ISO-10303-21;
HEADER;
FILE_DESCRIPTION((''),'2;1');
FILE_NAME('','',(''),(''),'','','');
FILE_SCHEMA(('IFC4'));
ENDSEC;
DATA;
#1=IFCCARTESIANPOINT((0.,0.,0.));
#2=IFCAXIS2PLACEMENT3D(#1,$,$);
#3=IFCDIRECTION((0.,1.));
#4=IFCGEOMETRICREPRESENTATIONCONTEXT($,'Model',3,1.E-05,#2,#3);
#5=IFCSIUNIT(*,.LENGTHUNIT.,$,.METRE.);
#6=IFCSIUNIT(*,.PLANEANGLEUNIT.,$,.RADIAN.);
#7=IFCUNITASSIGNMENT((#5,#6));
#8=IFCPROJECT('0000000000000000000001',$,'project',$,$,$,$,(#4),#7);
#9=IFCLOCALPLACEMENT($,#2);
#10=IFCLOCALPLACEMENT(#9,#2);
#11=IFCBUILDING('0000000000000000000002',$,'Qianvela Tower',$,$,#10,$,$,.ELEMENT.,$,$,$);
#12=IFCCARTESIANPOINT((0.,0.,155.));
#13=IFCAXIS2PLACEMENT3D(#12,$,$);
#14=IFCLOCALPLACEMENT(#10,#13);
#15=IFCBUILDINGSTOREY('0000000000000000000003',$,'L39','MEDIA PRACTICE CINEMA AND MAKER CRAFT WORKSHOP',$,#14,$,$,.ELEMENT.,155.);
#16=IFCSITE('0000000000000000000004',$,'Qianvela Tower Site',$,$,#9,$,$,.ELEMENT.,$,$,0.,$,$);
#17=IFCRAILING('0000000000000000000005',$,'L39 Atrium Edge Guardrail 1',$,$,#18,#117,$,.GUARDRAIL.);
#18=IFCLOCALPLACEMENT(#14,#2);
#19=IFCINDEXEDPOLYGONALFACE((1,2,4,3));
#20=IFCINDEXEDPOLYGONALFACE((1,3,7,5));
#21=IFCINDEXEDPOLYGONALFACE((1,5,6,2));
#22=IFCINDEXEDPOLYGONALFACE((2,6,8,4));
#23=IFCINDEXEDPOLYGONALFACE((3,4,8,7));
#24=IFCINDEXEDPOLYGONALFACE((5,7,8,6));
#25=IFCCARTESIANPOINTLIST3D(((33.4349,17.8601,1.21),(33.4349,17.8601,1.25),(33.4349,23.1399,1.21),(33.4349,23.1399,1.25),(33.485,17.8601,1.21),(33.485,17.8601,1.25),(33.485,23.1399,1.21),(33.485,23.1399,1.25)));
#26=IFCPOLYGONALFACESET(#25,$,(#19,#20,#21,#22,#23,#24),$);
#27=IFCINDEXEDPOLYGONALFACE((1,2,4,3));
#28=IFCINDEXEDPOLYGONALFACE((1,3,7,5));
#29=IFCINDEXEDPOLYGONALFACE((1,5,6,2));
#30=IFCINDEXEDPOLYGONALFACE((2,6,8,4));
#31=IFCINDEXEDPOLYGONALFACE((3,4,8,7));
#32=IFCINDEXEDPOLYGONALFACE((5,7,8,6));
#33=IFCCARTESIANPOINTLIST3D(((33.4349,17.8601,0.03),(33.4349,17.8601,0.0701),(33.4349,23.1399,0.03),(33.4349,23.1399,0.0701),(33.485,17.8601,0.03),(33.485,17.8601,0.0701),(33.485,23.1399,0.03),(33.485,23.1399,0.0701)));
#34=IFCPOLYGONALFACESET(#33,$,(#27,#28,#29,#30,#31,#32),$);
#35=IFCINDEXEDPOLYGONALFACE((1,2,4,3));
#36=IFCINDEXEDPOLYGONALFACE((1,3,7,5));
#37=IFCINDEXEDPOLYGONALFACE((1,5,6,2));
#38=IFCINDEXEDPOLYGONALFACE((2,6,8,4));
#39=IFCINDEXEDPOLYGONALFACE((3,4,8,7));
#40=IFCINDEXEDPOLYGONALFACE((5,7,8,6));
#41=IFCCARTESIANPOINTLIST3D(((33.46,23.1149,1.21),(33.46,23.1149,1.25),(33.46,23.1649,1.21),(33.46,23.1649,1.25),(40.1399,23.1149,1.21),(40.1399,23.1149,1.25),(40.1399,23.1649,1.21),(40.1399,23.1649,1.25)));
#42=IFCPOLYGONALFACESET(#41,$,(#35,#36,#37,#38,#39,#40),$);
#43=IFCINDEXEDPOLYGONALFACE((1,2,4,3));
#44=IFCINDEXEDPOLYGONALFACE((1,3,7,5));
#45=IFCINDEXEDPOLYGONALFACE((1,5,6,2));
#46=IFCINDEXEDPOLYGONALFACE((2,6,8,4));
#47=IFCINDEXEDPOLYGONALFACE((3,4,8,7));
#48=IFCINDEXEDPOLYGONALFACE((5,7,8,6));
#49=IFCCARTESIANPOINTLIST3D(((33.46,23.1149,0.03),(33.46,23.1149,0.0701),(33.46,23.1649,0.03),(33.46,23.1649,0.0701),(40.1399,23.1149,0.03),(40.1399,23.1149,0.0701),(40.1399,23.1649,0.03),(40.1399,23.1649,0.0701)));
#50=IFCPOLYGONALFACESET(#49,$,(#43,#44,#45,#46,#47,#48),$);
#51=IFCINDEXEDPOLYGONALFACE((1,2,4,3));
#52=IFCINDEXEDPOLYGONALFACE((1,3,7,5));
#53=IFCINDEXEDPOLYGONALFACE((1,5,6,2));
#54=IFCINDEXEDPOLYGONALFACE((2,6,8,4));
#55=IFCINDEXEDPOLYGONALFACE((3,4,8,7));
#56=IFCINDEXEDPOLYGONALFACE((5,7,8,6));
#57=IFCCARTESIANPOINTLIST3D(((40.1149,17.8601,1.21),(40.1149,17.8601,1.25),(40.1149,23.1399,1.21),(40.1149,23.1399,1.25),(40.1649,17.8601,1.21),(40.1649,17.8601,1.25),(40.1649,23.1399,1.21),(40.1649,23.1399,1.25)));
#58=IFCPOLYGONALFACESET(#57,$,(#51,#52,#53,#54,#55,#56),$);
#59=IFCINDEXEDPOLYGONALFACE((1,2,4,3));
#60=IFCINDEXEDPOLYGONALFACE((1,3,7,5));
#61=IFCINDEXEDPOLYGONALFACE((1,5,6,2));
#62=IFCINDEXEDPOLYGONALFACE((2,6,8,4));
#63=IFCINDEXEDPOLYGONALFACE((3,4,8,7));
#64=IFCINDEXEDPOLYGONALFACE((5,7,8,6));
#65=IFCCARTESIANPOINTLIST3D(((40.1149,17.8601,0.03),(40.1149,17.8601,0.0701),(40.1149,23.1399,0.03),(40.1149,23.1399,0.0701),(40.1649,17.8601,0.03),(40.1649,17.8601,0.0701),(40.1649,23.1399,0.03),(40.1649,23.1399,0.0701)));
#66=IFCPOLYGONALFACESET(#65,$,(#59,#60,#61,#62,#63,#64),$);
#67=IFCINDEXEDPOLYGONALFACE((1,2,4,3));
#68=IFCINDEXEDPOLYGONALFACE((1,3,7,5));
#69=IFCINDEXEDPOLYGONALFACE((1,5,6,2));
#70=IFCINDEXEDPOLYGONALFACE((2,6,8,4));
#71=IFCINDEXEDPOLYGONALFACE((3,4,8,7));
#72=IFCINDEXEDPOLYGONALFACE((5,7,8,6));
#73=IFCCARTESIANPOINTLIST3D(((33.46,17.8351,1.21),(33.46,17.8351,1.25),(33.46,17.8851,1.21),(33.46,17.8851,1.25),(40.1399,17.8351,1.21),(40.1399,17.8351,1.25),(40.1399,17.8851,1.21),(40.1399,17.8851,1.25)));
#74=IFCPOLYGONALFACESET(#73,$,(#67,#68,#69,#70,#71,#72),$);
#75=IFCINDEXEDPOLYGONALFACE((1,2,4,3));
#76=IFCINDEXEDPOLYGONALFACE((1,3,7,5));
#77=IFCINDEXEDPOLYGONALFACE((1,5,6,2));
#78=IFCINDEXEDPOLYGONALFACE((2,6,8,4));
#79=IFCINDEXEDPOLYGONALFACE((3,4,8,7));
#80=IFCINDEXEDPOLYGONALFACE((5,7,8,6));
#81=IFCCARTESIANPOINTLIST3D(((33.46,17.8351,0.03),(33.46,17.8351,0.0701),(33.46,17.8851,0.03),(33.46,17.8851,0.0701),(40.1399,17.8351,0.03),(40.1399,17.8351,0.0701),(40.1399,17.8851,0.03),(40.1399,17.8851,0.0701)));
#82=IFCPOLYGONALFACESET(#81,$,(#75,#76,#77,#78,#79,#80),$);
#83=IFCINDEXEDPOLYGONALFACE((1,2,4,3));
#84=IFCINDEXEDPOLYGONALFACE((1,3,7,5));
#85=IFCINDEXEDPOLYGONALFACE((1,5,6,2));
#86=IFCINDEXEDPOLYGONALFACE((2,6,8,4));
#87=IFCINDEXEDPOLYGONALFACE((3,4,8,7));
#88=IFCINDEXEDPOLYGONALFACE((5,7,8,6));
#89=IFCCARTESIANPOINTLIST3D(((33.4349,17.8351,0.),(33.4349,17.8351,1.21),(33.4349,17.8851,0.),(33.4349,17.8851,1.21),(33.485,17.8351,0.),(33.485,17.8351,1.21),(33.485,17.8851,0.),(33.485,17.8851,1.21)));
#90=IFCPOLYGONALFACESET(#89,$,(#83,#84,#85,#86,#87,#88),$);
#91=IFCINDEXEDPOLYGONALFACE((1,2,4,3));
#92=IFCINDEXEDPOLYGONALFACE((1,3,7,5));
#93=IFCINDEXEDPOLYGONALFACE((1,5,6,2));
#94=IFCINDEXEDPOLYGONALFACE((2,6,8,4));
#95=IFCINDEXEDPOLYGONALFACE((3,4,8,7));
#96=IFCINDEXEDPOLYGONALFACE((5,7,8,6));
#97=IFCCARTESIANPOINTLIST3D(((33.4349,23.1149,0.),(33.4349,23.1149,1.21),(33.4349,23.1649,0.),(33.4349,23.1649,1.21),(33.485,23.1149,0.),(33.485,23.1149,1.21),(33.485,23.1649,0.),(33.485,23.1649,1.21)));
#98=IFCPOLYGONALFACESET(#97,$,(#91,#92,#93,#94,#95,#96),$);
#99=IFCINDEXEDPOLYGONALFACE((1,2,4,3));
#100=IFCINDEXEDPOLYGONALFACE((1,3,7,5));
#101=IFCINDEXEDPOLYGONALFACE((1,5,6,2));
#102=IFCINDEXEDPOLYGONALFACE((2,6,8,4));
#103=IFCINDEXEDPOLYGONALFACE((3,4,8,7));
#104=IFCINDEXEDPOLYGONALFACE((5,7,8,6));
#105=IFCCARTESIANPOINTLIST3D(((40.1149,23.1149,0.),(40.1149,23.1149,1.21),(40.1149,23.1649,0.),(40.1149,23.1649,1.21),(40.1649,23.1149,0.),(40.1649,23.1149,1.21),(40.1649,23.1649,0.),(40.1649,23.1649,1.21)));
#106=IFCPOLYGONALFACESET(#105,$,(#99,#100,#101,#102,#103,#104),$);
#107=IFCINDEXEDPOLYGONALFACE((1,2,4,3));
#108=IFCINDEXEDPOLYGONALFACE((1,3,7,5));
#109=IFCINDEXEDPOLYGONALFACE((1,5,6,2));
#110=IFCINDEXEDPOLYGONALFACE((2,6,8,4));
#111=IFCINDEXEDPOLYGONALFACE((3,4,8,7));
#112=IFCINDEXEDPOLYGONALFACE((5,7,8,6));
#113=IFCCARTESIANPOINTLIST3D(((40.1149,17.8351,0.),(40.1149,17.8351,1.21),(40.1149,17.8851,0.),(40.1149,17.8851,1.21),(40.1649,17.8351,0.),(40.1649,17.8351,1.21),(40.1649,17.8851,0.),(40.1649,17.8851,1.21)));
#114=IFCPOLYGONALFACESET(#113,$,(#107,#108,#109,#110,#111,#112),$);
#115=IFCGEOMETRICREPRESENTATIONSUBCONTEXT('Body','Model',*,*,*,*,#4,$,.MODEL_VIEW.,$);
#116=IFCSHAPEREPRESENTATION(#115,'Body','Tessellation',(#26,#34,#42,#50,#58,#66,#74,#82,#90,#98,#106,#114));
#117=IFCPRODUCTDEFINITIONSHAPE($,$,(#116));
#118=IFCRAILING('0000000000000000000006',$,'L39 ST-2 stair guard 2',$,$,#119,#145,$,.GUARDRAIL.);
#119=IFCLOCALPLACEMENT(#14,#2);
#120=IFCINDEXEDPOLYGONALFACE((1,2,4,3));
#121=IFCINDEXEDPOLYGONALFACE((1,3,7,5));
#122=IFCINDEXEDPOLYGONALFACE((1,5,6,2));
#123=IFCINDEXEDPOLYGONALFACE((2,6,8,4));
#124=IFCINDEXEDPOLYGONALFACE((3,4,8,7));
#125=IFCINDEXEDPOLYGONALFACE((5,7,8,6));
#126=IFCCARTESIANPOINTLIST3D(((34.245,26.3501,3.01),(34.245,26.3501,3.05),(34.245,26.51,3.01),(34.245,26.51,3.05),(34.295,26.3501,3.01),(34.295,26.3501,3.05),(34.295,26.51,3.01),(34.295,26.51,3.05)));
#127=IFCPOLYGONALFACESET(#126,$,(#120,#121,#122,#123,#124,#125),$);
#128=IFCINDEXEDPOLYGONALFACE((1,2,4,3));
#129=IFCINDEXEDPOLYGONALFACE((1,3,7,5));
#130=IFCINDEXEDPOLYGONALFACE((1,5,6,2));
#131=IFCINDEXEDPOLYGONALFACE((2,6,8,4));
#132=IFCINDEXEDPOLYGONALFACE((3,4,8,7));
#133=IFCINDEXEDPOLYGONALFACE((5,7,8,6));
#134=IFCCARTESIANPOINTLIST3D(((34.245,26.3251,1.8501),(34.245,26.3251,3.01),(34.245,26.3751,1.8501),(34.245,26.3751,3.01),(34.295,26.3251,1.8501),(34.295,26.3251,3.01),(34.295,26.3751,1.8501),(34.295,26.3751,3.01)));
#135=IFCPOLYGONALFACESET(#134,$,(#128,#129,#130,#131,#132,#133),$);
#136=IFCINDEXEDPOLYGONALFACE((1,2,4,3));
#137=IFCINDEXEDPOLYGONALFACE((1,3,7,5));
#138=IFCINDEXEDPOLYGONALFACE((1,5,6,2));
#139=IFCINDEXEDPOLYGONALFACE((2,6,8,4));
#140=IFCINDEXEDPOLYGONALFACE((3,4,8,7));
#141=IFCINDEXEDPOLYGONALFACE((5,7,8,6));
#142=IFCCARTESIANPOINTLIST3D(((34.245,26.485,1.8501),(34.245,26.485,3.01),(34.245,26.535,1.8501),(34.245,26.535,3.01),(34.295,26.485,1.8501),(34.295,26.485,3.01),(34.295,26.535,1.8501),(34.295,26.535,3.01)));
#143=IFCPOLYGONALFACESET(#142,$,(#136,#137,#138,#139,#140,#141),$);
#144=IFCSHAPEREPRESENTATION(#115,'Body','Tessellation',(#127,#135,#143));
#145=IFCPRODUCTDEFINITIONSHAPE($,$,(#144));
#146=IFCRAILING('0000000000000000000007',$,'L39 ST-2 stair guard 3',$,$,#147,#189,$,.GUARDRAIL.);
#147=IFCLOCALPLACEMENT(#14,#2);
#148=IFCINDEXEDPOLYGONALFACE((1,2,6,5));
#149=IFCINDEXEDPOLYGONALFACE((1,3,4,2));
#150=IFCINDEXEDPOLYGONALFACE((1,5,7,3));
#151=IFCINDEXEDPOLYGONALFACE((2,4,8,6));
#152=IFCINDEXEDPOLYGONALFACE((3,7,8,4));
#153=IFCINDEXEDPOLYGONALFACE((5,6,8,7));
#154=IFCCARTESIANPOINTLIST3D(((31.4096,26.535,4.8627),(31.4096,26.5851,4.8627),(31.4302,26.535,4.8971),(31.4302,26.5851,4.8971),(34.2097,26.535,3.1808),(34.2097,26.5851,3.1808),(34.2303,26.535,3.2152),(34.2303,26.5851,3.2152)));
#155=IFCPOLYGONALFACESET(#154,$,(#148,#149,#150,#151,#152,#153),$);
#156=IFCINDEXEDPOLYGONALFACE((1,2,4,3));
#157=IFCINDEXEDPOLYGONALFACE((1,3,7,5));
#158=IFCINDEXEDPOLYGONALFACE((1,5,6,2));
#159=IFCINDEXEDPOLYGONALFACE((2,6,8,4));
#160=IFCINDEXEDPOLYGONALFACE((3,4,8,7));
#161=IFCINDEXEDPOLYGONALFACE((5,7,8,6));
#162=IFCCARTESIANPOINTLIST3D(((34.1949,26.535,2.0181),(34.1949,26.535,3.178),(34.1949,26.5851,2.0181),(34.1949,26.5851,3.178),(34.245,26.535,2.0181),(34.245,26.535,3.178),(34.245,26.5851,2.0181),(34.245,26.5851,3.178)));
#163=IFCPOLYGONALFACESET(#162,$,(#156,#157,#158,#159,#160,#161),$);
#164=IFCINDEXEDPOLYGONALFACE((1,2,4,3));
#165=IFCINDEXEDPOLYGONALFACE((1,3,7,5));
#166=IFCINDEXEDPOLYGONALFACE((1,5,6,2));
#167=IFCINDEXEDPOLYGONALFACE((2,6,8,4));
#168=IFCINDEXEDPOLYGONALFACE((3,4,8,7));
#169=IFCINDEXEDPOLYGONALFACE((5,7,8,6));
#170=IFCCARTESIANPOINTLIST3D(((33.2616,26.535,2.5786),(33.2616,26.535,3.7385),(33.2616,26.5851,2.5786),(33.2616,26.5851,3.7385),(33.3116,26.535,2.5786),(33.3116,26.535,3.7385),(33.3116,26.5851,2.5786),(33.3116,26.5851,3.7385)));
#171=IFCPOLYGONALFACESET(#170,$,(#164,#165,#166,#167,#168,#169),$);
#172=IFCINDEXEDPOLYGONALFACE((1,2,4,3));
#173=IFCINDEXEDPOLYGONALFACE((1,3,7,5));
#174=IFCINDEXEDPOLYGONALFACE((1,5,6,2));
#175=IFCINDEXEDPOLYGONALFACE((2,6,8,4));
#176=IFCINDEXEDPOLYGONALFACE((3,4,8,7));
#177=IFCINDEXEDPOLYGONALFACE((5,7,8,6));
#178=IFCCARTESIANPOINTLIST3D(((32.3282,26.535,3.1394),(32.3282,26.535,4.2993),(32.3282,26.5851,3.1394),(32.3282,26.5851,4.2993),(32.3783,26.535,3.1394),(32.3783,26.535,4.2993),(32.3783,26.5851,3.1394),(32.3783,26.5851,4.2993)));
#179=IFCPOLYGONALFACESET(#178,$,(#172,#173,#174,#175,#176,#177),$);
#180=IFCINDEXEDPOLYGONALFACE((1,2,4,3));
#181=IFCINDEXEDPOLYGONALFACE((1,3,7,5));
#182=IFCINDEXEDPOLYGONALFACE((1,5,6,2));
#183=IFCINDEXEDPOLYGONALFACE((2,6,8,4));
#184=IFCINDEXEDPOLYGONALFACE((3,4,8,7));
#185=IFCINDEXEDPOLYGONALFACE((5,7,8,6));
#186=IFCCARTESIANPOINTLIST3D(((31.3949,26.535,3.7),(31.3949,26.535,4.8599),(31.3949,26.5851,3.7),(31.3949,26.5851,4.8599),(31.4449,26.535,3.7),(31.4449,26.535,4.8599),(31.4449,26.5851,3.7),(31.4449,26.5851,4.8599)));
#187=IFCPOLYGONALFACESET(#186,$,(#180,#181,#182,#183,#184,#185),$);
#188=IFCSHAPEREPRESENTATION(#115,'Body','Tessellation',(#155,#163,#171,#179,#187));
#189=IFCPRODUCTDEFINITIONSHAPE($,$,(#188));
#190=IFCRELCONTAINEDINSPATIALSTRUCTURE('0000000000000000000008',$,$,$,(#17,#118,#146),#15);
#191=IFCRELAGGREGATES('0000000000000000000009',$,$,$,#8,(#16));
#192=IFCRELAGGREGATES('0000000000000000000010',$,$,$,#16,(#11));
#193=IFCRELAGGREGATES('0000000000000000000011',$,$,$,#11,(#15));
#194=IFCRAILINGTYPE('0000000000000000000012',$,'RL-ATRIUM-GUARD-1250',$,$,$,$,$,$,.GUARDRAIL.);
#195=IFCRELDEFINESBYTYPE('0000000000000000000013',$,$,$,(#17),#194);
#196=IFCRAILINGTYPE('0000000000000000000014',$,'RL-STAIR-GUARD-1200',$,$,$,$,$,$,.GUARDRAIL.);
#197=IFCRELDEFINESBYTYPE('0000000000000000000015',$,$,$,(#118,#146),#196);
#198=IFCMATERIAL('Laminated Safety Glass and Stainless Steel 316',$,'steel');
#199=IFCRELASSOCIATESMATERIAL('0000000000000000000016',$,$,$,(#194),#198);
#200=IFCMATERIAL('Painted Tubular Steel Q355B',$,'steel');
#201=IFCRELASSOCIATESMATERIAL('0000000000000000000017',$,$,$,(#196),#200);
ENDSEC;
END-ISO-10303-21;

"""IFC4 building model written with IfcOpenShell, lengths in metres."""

from ifc_helpers import new_model, si_unit, direction, frame, origin, origin_2d, place, context, subcontext, project, spatial, rectangle, extrude, material, type_object, element, save


model = new_model("IFC4")

# Units and contexts
model_context = context("Model", 3, precision=1e-05, world=origin(), true_north=direction((0.0, 1.0)))
body_context = subcontext(model_context, "Body", "Model", "MODEL_VIEW")
ifc_project = project(units=[si_unit("LENGTHUNIT", "METRE"), si_unit("PLANEANGLEUNIT", "RADIAN")], contexts=[model_context])

# Site, building, storey
site_placement = place(None, origin())
site = spatial("IfcSite", under=ifc_project, at=site_placement, Name="Qianvela Tower Site", CompositionType="ELEMENT", RefElevation=0.0)
building_placement = place(site_placement, origin())
building = spatial("IfcBuilding", under=site, at=building_placement, Name="Qianvela Tower", CompositionType="ELEMENT")
storey_placement = place(building_placement, frame((0.0, 0.0, 155.0)))
storey = spatial("IfcBuildingStorey", under=building, at=storey_placement, Name="L39", Description="MEDIA PRACTICE CINEMA AND MAKER CRAFT WORKSHOP", CompositionType="ELEMENT", Elevation=155.0)

# Railings
ifc_material_1 = material(Name="Laminated Safety Glass and Stainless Steel 316", Category="steel")
railing_type_1 = type_object("IfcRailingType", Name="RL-ATRIUM-GUARD-1250", PredefinedType="GUARDRAIL", material=ifc_material_1)
railing_1_placement = place(storey_placement, frame((33.46, 17.8601, 0.0)))
element("IfcRailing", 1, at=railing_1_placement, inside=storey, type_object=railing_type_1, Name="L39 Atrium Edge Guardrail 1", PredefinedType="GUARDRAIL", context=body_context, shape_type="SweptSolid", body=[
    extrude(rectangle(XDim=0.05, YDim=0.04, at=origin_2d()), frame((0.0, 0.0, 1.23), z_axis=(0.0, 1.0, 0.0), x_axis=(-1.0, 0.0, 0.0)), (0.0, 0.0, 1.0), 5.2798),
    extrude(rectangle(XDim=0.05, YDim=0.04, at=origin_2d()), frame((0.0, 0.0, 0.05), z_axis=(0.0, 1.0, 0.0), x_axis=(-1.0, 0.0, 0.0)), (0.0, 0.0, 1.0), 5.2798),
    extrude(rectangle(XDim=0.05, YDim=0.04, at=origin_2d()), frame((0.0, 5.2798, 1.23), z_axis=(1.0, 0.0, 0.0), x_axis=(0.0, 1.0, 0.0)), (0.0, 0.0, 1.0), 6.6799),
    extrude(rectangle(XDim=0.05, YDim=0.04, at=origin_2d()), frame((0.0, 5.2798, 0.05), z_axis=(1.0, 0.0, 0.0), x_axis=(0.0, 1.0, 0.0)), (0.0, 0.0, 1.0), 6.6799),
    extrude(rectangle(XDim=0.05, YDim=0.04, at=origin_2d()), frame((6.6799, 5.2798, 1.23), z_axis=(0.0, -1.0, 0.0), x_axis=(1.0, 0.0, 0.0)), (0.0, 0.0, 1.0), 5.2798),
    extrude(rectangle(XDim=0.05, YDim=0.04, at=origin_2d()), frame((6.6799, 5.2798, 0.05), z_axis=(0.0, -1.0, 0.0), x_axis=(1.0, 0.0, 0.0)), (0.0, 0.0, 1.0), 5.2798),
    extrude(rectangle(XDim=0.05, YDim=0.04, at=origin_2d()), frame((6.6799, 0.0, 1.23), z_axis=(-1.0, 0.0, 0.0), x_axis=(0.0, -1.0, 0.0)), (0.0, 0.0, 1.0), 6.6799),
    extrude(rectangle(XDim=0.05, YDim=0.04, at=origin_2d()), frame((6.6799, 0.0, 0.05), z_axis=(-1.0, 0.0, 0.0), x_axis=(0.0, -1.0, 0.0)), (0.0, 0.0, 1.0), 6.6799),
    extrude(rectangle(XDim=0.05, YDim=0.05, at=origin_2d()), origin(), (0.0, 0.0, 1.0), 1.21),
    extrude(rectangle(XDim=0.05, YDim=0.05, at=origin_2d()), frame((0.0, 5.2798, 0.0)), (0.0, 0.0, 1.0), 1.21),
    extrude(rectangle(XDim=0.05, YDim=0.05, at=origin_2d()), frame((6.6799, 5.2798, 0.0)), (0.0, 0.0, 1.0), 1.21),
    extrude(rectangle(XDim=0.05, YDim=0.05, at=origin_2d()), frame((6.6799, 0.0, 0.0)), (0.0, 0.0, 1.0), 1.21),
])
ifc_material_2 = material(Name="Painted Tubular Steel Q355B", Category="steel")
railing_type_2 = type_object("IfcRailingType", Name="RL-STAIR-GUARD-1200", PredefinedType="GUARDRAIL", material=ifc_material_2)
railing_2_placement = place(storey_placement, frame((34.27, 26.3501, 1.8501)))
element("IfcRailing", 2, at=railing_2_placement, inside=storey, type_object=railing_type_2, Name="L39 ST-2 stair guard 2", PredefinedType="GUARDRAIL", context=body_context, shape_type="SweptSolid", body=[
    extrude(rectangle(XDim=0.05, YDim=0.04, at=origin_2d()), frame((0.0, 0.0, 1.1799), z_axis=(0.0, 1.0, 0.0), x_axis=(-1.0, 0.0, 0.0)), (0.0, 0.0, 1.0), 0.1599),
    extrude(rectangle(XDim=0.05, YDim=0.05, at=origin_2d()), origin(), (0.0, 0.0, 1.0), 1.1599),
    extrude(rectangle(XDim=0.05, YDim=0.05, at=origin_2d()), frame((0.0, 0.1599, 0.0)), (0.0, 0.0, 1.0), 1.1599),
])
railing_3_placement = place(storey_placement, frame((34.22, 26.5601, 2.0181)))
element("IfcRailing", 3, at=railing_3_placement, inside=storey, type_object=railing_type_2, Name="L39 ST-2 stair guard 3", PredefinedType="GUARDRAIL", context=body_context, shape_type="SweptSolid", body=[
    extrude(rectangle(XDim=0.05, YDim=0.04, at=origin_2d()), frame((0.0, 0.0, 1.1799), z_axis=(-0.857242, 0.0, 0.514913), x_axis=(0.0, -1.0, 0.0)), (0.0, 0.0, 1.0), 3.2664),
    extrude(rectangle(XDim=0.05, YDim=0.05, at=origin_2d()), origin(), (0.0, 0.0, 1.0), 1.1599),
    extrude(rectangle(XDim=0.05, YDim=0.05, at=origin_2d()), frame((-0.9333, 0.0, 0.5605)), (0.0, 0.0, 1.0), 1.1599),
    extrude(rectangle(XDim=0.05, YDim=0.05, at=origin_2d()), frame((-1.8667, 0.0, 1.1213)), (0.0, 0.0, 1.0), 1.1599),
    extrude(rectangle(XDim=0.05, YDim=0.05, at=origin_2d()), frame((-2.8, 0.0, 1.6819)), (0.0, 0.0, 1.0), 1.1599),
])

save(model, "model.ifc")
